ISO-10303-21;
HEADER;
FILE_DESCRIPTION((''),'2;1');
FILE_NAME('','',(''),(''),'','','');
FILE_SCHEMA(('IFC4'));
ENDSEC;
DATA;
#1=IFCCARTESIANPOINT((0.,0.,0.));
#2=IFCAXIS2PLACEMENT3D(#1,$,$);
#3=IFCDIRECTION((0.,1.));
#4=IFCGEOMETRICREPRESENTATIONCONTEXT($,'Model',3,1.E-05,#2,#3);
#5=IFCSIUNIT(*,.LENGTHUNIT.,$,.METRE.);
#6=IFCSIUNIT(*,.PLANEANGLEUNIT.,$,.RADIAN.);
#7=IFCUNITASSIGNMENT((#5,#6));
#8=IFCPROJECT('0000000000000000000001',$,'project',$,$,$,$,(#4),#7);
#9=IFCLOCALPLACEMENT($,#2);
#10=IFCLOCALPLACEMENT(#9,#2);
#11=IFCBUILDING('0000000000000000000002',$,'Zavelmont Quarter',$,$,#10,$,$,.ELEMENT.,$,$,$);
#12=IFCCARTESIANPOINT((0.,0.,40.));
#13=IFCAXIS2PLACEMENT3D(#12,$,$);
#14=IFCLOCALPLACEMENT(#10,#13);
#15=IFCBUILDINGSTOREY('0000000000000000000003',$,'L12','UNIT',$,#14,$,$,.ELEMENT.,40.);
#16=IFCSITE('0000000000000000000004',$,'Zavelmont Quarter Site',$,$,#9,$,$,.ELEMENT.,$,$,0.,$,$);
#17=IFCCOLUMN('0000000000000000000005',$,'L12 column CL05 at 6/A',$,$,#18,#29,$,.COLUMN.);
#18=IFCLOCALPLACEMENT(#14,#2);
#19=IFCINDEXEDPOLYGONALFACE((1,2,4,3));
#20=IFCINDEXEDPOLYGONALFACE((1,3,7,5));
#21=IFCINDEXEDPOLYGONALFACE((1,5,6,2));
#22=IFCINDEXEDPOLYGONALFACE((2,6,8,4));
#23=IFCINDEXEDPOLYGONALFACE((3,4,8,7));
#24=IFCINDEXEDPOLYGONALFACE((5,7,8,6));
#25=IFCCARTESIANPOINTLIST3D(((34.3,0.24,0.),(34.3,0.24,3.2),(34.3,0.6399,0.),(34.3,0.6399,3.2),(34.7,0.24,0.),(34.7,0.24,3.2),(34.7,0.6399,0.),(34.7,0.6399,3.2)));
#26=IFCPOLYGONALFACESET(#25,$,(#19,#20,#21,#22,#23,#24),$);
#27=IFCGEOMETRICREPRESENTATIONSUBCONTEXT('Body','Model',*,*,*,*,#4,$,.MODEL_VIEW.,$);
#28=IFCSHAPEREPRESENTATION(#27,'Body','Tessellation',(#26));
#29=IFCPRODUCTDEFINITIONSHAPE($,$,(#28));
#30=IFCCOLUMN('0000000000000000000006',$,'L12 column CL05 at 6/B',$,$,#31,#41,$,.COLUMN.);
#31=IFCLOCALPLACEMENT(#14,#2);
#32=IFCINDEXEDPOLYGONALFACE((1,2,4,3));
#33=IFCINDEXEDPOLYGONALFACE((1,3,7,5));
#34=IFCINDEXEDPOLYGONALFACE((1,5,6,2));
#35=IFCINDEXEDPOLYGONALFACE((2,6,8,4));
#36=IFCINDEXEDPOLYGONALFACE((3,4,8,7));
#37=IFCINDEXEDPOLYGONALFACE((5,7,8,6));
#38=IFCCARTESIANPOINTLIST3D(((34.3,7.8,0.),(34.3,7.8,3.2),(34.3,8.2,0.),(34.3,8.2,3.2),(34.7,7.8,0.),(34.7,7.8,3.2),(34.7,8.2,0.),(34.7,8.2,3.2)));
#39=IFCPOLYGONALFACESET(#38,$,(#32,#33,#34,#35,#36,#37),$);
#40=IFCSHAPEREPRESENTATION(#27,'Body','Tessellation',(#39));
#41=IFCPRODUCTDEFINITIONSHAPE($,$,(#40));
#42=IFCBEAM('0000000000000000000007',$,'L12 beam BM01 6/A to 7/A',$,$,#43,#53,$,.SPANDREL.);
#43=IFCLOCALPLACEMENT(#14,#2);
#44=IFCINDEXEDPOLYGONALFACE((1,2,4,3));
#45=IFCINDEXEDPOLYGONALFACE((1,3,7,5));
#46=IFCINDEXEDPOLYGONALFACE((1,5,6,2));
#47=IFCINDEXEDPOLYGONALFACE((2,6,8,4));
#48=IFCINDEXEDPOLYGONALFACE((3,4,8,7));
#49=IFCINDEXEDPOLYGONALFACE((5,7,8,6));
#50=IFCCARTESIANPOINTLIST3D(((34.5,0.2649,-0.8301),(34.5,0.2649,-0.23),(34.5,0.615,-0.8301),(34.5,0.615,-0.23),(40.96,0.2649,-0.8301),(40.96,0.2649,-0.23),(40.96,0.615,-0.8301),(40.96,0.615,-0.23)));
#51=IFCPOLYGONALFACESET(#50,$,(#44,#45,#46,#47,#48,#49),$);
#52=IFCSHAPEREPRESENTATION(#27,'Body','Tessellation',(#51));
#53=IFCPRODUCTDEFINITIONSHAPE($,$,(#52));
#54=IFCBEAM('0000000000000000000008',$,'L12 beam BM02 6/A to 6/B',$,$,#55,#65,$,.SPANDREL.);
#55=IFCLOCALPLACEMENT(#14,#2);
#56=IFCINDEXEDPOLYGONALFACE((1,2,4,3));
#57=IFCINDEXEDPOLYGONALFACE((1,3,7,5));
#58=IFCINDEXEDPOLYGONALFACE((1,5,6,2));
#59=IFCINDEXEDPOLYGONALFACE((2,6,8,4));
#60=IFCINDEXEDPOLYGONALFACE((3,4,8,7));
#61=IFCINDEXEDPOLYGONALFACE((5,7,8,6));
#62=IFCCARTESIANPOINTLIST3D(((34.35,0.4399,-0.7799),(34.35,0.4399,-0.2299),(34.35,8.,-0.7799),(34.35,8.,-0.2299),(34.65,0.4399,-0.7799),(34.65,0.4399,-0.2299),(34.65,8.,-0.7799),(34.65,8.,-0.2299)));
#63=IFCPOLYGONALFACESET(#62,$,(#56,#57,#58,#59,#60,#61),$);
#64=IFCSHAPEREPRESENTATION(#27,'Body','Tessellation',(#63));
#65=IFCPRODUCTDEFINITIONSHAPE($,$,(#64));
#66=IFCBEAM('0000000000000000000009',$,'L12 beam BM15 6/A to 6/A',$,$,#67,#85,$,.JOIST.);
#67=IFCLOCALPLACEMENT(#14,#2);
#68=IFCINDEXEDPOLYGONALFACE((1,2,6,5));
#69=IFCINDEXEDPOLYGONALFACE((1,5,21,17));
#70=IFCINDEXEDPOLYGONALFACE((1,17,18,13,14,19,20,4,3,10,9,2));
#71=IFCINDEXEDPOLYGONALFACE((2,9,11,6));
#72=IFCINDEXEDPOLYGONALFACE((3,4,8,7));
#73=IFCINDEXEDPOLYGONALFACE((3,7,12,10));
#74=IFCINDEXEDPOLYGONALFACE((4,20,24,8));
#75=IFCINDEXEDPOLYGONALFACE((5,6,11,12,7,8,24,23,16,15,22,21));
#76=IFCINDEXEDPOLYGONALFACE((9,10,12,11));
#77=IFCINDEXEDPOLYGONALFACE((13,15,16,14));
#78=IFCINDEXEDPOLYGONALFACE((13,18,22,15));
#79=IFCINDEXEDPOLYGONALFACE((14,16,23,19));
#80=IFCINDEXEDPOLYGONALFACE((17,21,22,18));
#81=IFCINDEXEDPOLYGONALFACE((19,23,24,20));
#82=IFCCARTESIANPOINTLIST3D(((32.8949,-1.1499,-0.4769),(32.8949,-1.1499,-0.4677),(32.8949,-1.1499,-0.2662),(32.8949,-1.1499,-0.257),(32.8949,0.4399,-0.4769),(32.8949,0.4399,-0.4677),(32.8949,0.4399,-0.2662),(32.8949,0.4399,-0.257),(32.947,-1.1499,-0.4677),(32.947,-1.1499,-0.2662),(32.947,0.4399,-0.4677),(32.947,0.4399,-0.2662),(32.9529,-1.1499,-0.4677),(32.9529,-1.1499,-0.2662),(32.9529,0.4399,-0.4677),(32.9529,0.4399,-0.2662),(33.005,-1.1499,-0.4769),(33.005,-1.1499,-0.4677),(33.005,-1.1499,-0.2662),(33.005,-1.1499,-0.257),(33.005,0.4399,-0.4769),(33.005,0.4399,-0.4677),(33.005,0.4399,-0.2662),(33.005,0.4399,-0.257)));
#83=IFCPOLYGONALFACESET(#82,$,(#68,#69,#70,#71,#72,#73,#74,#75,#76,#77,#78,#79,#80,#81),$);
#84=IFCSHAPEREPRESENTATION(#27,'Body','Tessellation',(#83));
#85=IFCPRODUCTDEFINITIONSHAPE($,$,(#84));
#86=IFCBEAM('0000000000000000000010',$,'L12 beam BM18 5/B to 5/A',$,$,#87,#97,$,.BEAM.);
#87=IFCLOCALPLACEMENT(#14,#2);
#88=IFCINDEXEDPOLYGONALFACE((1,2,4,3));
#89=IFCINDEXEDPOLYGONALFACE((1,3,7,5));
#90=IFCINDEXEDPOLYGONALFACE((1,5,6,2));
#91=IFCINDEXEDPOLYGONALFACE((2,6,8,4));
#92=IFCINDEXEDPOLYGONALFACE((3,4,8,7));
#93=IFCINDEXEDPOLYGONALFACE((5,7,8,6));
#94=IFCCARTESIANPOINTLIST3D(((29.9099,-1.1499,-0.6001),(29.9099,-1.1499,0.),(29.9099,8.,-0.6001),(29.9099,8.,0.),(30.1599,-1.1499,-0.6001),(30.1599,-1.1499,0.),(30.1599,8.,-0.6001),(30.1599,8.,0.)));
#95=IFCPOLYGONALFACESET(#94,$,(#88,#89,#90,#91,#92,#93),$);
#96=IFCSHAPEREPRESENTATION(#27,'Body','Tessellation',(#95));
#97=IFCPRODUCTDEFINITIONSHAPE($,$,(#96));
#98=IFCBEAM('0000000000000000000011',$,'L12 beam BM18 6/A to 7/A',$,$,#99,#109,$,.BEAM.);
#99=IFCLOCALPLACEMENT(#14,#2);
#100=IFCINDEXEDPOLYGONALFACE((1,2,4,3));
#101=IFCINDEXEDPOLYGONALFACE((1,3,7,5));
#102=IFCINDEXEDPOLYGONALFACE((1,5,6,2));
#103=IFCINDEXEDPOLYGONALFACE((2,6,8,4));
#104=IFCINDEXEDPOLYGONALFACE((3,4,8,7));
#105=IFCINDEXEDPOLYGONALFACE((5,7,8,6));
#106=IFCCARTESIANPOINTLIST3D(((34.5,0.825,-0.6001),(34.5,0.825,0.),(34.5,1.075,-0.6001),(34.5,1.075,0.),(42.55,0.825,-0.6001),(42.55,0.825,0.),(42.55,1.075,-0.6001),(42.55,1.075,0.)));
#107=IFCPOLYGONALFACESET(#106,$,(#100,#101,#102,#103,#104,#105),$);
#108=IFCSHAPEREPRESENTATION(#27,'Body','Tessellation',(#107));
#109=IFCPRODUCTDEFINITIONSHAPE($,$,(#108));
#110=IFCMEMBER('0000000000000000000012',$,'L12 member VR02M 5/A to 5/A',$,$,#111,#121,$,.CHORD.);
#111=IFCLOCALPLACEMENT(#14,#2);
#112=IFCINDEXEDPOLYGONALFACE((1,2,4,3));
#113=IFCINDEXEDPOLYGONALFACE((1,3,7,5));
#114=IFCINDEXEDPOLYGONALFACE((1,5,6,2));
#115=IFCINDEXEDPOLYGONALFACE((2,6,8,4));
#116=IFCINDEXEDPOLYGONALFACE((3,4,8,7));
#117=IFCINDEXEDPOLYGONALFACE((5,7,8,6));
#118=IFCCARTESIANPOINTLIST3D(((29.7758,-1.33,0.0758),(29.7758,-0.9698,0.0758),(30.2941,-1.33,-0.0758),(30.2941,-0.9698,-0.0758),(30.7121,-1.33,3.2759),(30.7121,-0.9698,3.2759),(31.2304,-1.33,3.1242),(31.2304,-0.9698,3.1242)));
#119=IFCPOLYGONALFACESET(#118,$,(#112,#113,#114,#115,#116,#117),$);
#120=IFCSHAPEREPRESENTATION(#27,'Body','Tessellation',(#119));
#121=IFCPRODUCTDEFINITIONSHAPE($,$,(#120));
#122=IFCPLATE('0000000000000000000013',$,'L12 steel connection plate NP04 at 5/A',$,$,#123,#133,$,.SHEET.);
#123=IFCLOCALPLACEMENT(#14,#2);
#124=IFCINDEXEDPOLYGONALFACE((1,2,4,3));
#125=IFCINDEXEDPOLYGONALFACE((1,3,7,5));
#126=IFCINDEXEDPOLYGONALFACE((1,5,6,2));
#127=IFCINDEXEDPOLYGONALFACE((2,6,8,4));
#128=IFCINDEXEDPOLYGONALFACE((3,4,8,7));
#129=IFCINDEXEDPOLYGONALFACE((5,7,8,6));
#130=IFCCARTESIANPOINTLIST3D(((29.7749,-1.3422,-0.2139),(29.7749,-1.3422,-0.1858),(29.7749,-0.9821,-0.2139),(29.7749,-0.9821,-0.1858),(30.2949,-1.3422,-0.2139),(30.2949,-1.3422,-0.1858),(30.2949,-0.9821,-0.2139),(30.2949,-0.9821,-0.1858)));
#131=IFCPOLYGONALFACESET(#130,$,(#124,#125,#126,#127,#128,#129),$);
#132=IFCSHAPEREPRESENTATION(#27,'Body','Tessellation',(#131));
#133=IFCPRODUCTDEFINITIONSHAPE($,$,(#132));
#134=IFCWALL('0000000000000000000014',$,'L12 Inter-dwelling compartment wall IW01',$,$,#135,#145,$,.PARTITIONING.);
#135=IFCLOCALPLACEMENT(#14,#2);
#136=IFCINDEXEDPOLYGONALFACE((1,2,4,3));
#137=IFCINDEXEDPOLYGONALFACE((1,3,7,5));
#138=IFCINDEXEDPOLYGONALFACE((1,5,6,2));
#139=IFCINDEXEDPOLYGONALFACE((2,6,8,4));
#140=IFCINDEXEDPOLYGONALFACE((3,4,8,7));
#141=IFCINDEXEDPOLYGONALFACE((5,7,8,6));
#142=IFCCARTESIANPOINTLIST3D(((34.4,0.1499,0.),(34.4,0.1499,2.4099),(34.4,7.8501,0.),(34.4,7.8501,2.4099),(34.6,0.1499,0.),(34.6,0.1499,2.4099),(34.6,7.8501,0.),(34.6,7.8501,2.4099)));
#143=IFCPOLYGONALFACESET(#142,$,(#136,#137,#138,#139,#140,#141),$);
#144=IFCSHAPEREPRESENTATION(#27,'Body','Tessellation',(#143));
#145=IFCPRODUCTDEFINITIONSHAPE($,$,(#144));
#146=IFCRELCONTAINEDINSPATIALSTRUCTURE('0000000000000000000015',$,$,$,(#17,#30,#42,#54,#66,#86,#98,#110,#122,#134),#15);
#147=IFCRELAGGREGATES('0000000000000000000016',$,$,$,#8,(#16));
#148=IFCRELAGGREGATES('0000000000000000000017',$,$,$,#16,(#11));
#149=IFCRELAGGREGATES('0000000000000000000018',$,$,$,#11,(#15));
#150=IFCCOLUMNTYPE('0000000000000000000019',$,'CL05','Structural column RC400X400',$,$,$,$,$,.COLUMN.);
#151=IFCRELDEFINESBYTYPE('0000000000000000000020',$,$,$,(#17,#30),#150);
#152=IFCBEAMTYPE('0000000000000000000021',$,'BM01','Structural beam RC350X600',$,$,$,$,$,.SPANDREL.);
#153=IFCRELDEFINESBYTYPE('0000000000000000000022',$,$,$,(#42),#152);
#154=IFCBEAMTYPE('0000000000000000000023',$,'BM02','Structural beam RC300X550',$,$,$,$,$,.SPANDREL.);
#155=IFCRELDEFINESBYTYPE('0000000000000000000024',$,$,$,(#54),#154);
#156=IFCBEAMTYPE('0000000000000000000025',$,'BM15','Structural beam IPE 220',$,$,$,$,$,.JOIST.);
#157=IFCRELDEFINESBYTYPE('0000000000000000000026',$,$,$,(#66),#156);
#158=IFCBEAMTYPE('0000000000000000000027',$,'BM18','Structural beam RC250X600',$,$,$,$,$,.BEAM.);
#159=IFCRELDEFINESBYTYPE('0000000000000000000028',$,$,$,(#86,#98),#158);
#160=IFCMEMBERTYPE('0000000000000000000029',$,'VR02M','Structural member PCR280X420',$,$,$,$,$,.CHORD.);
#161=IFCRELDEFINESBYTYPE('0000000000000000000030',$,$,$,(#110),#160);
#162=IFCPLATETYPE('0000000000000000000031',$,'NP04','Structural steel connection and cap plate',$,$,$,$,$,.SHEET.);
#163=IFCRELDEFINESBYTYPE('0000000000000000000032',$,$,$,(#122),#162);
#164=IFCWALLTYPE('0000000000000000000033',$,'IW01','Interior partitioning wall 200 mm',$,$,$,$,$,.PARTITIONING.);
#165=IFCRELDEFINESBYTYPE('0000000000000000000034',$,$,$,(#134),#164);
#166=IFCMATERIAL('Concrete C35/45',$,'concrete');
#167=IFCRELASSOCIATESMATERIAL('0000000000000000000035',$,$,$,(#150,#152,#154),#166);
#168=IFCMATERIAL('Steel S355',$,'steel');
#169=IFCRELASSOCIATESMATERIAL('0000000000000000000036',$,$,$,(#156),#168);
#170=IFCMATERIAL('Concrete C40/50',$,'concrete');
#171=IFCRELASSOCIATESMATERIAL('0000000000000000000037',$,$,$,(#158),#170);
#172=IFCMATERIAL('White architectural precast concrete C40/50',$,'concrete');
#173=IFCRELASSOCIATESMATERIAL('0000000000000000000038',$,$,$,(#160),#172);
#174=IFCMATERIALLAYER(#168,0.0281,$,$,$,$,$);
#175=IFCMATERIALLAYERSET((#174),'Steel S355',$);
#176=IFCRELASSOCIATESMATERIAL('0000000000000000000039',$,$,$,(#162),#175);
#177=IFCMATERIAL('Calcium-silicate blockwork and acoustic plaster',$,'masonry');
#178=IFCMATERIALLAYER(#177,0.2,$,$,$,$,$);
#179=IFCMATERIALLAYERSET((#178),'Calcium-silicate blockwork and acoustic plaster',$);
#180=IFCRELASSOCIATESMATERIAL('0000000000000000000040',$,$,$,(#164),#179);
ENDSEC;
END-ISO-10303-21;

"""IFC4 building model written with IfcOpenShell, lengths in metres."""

from ifc_helpers import new_model, si_unit, direction, frame, frame_2d, origin, origin_2d, place, context, subcontext, project, spatial, rectangle, i_section, extrude, material, layer, layer_set, material_profile, profile_set, type_object, element, save


model = new_model("IFC4")

# Units and contexts
model_context = context("Model", 3, precision=1e-05, world=origin(), true_north=direction((0.0, 1.0)))
body_context = subcontext(model_context, "Body", "Model", "MODEL_VIEW")
ifc_project = project(units=[si_unit("LENGTHUNIT", "METRE"), si_unit("PLANEANGLEUNIT", "RADIAN")], contexts=[model_context])

# Site, building, storey
site_placement = place(None, origin())
site = spatial("IfcSite", under=ifc_project, at=site_placement, Name="Zavelmont Quarter Site", CompositionType="ELEMENT", RefElevation=0.0)
building_placement = place(site_placement, origin())
building = spatial("IfcBuilding", under=site, at=building_placement, Name="Zavelmont Quarter", CompositionType="ELEMENT")
storey_placement = place(building_placement, frame((0.0, 0.0, 40.0)))
storey = spatial("IfcBuildingStorey", under=building, at=storey_placement, Name="L12", Description="UNIT", CompositionType="ELEMENT", Elevation=40.0)

# Columns
ifc_material_1 = material(Name="Concrete C35/45", Category="concrete")
ifc_material_profile_1 = material_profile(ifc_material_1, rectangle(XDim=0.3999, YDim=0.3999, at=origin_2d()), Name="RC400X400")
ifc_profile_set_1 = profile_set([ifc_material_profile_1], Name="Concrete C35/45")
column_type = type_object("IfcColumnType", Name="CL05", Description="Structural column RC400X400", PredefinedType="COLUMN", material=ifc_profile_set_1)
for number, where, z_axis, x_axis, name in (
    (1, (34.5, 0.4399, 0.0), (0.0, 0.0, 1.0), (1.0, 0.0, 0.0), "L12 column CL05 at 6/A"),
    (2, (34.5, 8.0, 0.0), (0.0, 0.0, 1.0), (1.0, 0.0, 0.0), "L12 column CL05 at 6/B"),
):
    element("IfcColumn", number, at=place(storey_placement, frame(where, z_axis=z_axis, x_axis=x_axis)), inside=storey, type_object=column_type, Name=name, PredefinedType="COLUMN", context=body_context, shape_type="SweptSolid", body=[
        extrude(rectangle(XDim=0.3999, YDim=0.3999, at=origin_2d()), origin(), (0.0, 0.0, 1.0), 3.2),
    ])

# Beams
ifc_material_profile_2 = material_profile(ifc_material_1, rectangle(XDim=0.3501, YDim=0.6001, at=origin_2d()), Name="RC350X600")
ifc_profile_set_2 = profile_set([ifc_material_profile_2], Name="Concrete C35/45")
beam_type_1 = type_object("IfcBeamType", Name="BM01", Description="Structural beam RC350X600", PredefinedType="SPANDREL", material=ifc_profile_set_2)
beam_1_placement = place(storey_placement, frame((34.5, 0.4399, -0.53), z_axis=(1.0, 0.0, 0.0), x_axis=(0.0, 1.0, 0.0)))
element("IfcBeam", 3, at=beam_1_placement, inside=storey, type_object=beam_type_1, Name="L12 beam BM01 6/A to 7/A", PredefinedType="SPANDREL", context=body_context, shape_type="SweptSolid", body=[
    extrude(rectangle(XDim=0.3501, YDim=0.6001, at=origin_2d()), origin(), (0.0, 0.0, 1.0), 6.46),
])
ifc_material_profile_3 = material_profile(ifc_material_1, rectangle(XDim=0.3, YDim=0.55, at=origin_2d()), Name="RC300X550")
ifc_profile_set_3 = profile_set([ifc_material_profile_3], Name="Concrete C35/45")
beam_type_2 = type_object("IfcBeamType", Name="BM02", Description="Structural beam RC300X550", PredefinedType="SPANDREL", material=ifc_profile_set_3)
beam_2_placement = place(storey_placement, frame((34.5, 0.4399, -0.5049), z_axis=(0.0, 1.0, 0.0), x_axis=(-1.0, 0.0, 0.0)))
element("IfcBeam", 4, at=beam_2_placement, inside=storey, type_object=beam_type_2, Name="L12 beam BM02 6/A to 6/B", PredefinedType="SPANDREL", context=body_context, shape_type="SweptSolid", body=[
    extrude(rectangle(XDim=0.3, YDim=0.55, at=origin_2d()), origin(), (0.0, 0.0, 1.0), 7.5601),
])
ifc_material_2 = material(Name="Steel S355", Category="steel")
ifc_material_profile_4 = material_profile(ifc_material_2, i_section(OverallWidth=0.1101, OverallDepth=0.22, WebThickness=0.0059, FlangeThickness=0.0093, at=origin_2d()), Name="IPE 220")
ifc_profile_set_4 = profile_set([ifc_material_profile_4], Name="Steel S355")
beam_type_3 = type_object("IfcBeamType", Name="BM15", Description="Structural beam IPE 220", PredefinedType="JOIST", material=ifc_profile_set_4)
beam_3_placement = place(storey_placement, frame((32.95, 0.4399, -0.3669), z_axis=(0.0, -1.0, 0.0), x_axis=(1.0, 0.0, 0.0)))
element("IfcBeam", 5, at=beam_3_placement, inside=storey, type_object=beam_type_3, Name="L12 beam BM15 6/A to 6/A", PredefinedType="JOIST", context=body_context, shape_type="SweptSolid", body=[
    extrude(i_section(OverallWidth=0.1101, OverallDepth=0.22, WebThickness=0.0059, FlangeThickness=0.0093, at=origin_2d()), origin(), (0.0, 0.0, 1.0), 1.5898),
])
ifc_material_3 = material(Name="Concrete C40/50", Category="concrete")
ifc_material_profile_5 = material_profile(ifc_material_3, rectangle(XDim=0.25, YDim=0.6001, at=origin_2d()), Name="RC250X600")
ifc_profile_set_5 = profile_set([ifc_material_profile_5], Name="Concrete C40/50")
beam_type_4 = type_object("IfcBeamType", Name="BM18", Description="Structural beam RC250X600", PredefinedType="BEAM", material=ifc_profile_set_5)
beam_4_placement = place(storey_placement, frame((30.0349, 8.0, -0.3), z_axis=(0.0, -1.0, 0.0), x_axis=(1.0, 0.0, 0.0)))
element("IfcBeam", 6, at=beam_4_placement, inside=storey, type_object=beam_type_4, Name="L12 beam BM18 5/B to 5/A", PredefinedType="BEAM", context=body_context, shape_type="SweptSolid", body=[
    extrude(rectangle(XDim=0.25, YDim=0.6001, at=origin_2d()), origin(), (0.0, 0.0, 1.0), 9.1499),
])
beam_5_placement = place(storey_placement, frame((34.5, 0.95, -0.3), z_axis=(1.0, 0.0, 0.0), x_axis=(0.0, 1.0, 0.0)))
element("IfcBeam", 7, at=beam_5_placement, inside=storey, type_object=beam_type_4, Name="L12 beam BM18 6/A to 7/A", PredefinedType="BEAM", context=body_context, shape_type="SweptSolid", body=[
    extrude(rectangle(XDim=0.25, YDim=0.6001, at=origin_2d()), origin(), (0.0, 0.0, 1.0), 8.05),
])

# Member
ifc_material_4 = material(Name="White architectural precast concrete C40/50", Category="concrete")
ifc_material_profile_6 = material_profile(ifc_material_4, rectangle(XDim=0.3601, YDim=0.54, at=origin_2d()), Name="PCR280X420")
ifc_profile_set_6 = profile_set([ifc_material_profile_6], Name="White architectural precast concrete C40/50")
member_type = type_object("IfcMemberType", Name="VR02M", Description="Structural member PCR280X420", PredefinedType="CHORD", material=ifc_profile_set_6)
member_placement = place(storey_placement, frame((30.0349, -1.1499, 0.0), z_axis=(0.280818, 0.0, 0.959761), x_axis=(0.0, 1.0, 0.0)))
element("IfcMember", 8, at=member_placement, inside=storey, type_object=member_type, Name="L12 member VR02M 5/A to 5/A", PredefinedType="CHORD", context=body_context, shape_type="SweptSolid", body=[
    extrude(rectangle(XDim=0.3601, YDim=0.54, at=origin_2d()), origin(), (0.0, 0.0, 1.0), 3.3342),
])

# Plate
ifc_layer_1 = layer(ifc_material_2, 0.0281)
ifc_layer_set_1 = layer_set([ifc_layer_1], Name="Steel S355")
plate_type = type_object("IfcPlateType", Name="NP04", Description="Structural steel connection and cap plate", PredefinedType="SHEET", material=ifc_layer_set_1)
plate_placement = place(storey_placement, frame((30.0349, -1.1621, -0.2139), z_axis=(0.0, 0.0, 1.0), x_axis=(1.0, 0.0, 0.0)))
element("IfcPlate", 9, at=plate_placement, inside=storey, type_object=plate_type, Name="L12 steel connection plate NP04 at 5/A", PredefinedType="SHEET", context=body_context, shape_type="SweptSolid", body=[
    extrude(rectangle(XDim=0.52, YDim=0.3601, at=origin_2d()), origin(), (0.0, 0.0, 1.0), 0.0281),
])

# Wall
ifc_material_5 = material(Name="Calcium-silicate blockwork and acoustic plaster", Category="masonry")
ifc_layer_2 = layer(ifc_material_5, 0.2)
ifc_layer_set_2 = layer_set([ifc_layer_2], Name="Calcium-silicate blockwork and acoustic plaster")
wall_type_1 = type_object("IfcWallType", Name="IW01", Description="Interior partitioning wall 200 mm", PredefinedType="PARTITIONING", material=ifc_layer_set_2)
wall_1_placement = place(storey_placement, frame((34.5, 7.8501, 0.0), z_axis=(0.0, 0.0, 1.0), x_axis=(0.0, -1.0, 0.0)))
element("IfcWall", 10, at=wall_1_placement, inside=storey, type_object=wall_type_1, Name="L12 Inter-dwelling compartment wall IW01", PredefinedType="PARTITIONING", context=body_context, shape_type="SweptSolid", body=[
    extrude(rectangle(XDim=7.7002, YDim=0.2, at=frame_2d((3.8501, 0.0))), origin(), (0.0, 0.0, 1.0), 2.4099),
])

save(model, "model.ifc")
